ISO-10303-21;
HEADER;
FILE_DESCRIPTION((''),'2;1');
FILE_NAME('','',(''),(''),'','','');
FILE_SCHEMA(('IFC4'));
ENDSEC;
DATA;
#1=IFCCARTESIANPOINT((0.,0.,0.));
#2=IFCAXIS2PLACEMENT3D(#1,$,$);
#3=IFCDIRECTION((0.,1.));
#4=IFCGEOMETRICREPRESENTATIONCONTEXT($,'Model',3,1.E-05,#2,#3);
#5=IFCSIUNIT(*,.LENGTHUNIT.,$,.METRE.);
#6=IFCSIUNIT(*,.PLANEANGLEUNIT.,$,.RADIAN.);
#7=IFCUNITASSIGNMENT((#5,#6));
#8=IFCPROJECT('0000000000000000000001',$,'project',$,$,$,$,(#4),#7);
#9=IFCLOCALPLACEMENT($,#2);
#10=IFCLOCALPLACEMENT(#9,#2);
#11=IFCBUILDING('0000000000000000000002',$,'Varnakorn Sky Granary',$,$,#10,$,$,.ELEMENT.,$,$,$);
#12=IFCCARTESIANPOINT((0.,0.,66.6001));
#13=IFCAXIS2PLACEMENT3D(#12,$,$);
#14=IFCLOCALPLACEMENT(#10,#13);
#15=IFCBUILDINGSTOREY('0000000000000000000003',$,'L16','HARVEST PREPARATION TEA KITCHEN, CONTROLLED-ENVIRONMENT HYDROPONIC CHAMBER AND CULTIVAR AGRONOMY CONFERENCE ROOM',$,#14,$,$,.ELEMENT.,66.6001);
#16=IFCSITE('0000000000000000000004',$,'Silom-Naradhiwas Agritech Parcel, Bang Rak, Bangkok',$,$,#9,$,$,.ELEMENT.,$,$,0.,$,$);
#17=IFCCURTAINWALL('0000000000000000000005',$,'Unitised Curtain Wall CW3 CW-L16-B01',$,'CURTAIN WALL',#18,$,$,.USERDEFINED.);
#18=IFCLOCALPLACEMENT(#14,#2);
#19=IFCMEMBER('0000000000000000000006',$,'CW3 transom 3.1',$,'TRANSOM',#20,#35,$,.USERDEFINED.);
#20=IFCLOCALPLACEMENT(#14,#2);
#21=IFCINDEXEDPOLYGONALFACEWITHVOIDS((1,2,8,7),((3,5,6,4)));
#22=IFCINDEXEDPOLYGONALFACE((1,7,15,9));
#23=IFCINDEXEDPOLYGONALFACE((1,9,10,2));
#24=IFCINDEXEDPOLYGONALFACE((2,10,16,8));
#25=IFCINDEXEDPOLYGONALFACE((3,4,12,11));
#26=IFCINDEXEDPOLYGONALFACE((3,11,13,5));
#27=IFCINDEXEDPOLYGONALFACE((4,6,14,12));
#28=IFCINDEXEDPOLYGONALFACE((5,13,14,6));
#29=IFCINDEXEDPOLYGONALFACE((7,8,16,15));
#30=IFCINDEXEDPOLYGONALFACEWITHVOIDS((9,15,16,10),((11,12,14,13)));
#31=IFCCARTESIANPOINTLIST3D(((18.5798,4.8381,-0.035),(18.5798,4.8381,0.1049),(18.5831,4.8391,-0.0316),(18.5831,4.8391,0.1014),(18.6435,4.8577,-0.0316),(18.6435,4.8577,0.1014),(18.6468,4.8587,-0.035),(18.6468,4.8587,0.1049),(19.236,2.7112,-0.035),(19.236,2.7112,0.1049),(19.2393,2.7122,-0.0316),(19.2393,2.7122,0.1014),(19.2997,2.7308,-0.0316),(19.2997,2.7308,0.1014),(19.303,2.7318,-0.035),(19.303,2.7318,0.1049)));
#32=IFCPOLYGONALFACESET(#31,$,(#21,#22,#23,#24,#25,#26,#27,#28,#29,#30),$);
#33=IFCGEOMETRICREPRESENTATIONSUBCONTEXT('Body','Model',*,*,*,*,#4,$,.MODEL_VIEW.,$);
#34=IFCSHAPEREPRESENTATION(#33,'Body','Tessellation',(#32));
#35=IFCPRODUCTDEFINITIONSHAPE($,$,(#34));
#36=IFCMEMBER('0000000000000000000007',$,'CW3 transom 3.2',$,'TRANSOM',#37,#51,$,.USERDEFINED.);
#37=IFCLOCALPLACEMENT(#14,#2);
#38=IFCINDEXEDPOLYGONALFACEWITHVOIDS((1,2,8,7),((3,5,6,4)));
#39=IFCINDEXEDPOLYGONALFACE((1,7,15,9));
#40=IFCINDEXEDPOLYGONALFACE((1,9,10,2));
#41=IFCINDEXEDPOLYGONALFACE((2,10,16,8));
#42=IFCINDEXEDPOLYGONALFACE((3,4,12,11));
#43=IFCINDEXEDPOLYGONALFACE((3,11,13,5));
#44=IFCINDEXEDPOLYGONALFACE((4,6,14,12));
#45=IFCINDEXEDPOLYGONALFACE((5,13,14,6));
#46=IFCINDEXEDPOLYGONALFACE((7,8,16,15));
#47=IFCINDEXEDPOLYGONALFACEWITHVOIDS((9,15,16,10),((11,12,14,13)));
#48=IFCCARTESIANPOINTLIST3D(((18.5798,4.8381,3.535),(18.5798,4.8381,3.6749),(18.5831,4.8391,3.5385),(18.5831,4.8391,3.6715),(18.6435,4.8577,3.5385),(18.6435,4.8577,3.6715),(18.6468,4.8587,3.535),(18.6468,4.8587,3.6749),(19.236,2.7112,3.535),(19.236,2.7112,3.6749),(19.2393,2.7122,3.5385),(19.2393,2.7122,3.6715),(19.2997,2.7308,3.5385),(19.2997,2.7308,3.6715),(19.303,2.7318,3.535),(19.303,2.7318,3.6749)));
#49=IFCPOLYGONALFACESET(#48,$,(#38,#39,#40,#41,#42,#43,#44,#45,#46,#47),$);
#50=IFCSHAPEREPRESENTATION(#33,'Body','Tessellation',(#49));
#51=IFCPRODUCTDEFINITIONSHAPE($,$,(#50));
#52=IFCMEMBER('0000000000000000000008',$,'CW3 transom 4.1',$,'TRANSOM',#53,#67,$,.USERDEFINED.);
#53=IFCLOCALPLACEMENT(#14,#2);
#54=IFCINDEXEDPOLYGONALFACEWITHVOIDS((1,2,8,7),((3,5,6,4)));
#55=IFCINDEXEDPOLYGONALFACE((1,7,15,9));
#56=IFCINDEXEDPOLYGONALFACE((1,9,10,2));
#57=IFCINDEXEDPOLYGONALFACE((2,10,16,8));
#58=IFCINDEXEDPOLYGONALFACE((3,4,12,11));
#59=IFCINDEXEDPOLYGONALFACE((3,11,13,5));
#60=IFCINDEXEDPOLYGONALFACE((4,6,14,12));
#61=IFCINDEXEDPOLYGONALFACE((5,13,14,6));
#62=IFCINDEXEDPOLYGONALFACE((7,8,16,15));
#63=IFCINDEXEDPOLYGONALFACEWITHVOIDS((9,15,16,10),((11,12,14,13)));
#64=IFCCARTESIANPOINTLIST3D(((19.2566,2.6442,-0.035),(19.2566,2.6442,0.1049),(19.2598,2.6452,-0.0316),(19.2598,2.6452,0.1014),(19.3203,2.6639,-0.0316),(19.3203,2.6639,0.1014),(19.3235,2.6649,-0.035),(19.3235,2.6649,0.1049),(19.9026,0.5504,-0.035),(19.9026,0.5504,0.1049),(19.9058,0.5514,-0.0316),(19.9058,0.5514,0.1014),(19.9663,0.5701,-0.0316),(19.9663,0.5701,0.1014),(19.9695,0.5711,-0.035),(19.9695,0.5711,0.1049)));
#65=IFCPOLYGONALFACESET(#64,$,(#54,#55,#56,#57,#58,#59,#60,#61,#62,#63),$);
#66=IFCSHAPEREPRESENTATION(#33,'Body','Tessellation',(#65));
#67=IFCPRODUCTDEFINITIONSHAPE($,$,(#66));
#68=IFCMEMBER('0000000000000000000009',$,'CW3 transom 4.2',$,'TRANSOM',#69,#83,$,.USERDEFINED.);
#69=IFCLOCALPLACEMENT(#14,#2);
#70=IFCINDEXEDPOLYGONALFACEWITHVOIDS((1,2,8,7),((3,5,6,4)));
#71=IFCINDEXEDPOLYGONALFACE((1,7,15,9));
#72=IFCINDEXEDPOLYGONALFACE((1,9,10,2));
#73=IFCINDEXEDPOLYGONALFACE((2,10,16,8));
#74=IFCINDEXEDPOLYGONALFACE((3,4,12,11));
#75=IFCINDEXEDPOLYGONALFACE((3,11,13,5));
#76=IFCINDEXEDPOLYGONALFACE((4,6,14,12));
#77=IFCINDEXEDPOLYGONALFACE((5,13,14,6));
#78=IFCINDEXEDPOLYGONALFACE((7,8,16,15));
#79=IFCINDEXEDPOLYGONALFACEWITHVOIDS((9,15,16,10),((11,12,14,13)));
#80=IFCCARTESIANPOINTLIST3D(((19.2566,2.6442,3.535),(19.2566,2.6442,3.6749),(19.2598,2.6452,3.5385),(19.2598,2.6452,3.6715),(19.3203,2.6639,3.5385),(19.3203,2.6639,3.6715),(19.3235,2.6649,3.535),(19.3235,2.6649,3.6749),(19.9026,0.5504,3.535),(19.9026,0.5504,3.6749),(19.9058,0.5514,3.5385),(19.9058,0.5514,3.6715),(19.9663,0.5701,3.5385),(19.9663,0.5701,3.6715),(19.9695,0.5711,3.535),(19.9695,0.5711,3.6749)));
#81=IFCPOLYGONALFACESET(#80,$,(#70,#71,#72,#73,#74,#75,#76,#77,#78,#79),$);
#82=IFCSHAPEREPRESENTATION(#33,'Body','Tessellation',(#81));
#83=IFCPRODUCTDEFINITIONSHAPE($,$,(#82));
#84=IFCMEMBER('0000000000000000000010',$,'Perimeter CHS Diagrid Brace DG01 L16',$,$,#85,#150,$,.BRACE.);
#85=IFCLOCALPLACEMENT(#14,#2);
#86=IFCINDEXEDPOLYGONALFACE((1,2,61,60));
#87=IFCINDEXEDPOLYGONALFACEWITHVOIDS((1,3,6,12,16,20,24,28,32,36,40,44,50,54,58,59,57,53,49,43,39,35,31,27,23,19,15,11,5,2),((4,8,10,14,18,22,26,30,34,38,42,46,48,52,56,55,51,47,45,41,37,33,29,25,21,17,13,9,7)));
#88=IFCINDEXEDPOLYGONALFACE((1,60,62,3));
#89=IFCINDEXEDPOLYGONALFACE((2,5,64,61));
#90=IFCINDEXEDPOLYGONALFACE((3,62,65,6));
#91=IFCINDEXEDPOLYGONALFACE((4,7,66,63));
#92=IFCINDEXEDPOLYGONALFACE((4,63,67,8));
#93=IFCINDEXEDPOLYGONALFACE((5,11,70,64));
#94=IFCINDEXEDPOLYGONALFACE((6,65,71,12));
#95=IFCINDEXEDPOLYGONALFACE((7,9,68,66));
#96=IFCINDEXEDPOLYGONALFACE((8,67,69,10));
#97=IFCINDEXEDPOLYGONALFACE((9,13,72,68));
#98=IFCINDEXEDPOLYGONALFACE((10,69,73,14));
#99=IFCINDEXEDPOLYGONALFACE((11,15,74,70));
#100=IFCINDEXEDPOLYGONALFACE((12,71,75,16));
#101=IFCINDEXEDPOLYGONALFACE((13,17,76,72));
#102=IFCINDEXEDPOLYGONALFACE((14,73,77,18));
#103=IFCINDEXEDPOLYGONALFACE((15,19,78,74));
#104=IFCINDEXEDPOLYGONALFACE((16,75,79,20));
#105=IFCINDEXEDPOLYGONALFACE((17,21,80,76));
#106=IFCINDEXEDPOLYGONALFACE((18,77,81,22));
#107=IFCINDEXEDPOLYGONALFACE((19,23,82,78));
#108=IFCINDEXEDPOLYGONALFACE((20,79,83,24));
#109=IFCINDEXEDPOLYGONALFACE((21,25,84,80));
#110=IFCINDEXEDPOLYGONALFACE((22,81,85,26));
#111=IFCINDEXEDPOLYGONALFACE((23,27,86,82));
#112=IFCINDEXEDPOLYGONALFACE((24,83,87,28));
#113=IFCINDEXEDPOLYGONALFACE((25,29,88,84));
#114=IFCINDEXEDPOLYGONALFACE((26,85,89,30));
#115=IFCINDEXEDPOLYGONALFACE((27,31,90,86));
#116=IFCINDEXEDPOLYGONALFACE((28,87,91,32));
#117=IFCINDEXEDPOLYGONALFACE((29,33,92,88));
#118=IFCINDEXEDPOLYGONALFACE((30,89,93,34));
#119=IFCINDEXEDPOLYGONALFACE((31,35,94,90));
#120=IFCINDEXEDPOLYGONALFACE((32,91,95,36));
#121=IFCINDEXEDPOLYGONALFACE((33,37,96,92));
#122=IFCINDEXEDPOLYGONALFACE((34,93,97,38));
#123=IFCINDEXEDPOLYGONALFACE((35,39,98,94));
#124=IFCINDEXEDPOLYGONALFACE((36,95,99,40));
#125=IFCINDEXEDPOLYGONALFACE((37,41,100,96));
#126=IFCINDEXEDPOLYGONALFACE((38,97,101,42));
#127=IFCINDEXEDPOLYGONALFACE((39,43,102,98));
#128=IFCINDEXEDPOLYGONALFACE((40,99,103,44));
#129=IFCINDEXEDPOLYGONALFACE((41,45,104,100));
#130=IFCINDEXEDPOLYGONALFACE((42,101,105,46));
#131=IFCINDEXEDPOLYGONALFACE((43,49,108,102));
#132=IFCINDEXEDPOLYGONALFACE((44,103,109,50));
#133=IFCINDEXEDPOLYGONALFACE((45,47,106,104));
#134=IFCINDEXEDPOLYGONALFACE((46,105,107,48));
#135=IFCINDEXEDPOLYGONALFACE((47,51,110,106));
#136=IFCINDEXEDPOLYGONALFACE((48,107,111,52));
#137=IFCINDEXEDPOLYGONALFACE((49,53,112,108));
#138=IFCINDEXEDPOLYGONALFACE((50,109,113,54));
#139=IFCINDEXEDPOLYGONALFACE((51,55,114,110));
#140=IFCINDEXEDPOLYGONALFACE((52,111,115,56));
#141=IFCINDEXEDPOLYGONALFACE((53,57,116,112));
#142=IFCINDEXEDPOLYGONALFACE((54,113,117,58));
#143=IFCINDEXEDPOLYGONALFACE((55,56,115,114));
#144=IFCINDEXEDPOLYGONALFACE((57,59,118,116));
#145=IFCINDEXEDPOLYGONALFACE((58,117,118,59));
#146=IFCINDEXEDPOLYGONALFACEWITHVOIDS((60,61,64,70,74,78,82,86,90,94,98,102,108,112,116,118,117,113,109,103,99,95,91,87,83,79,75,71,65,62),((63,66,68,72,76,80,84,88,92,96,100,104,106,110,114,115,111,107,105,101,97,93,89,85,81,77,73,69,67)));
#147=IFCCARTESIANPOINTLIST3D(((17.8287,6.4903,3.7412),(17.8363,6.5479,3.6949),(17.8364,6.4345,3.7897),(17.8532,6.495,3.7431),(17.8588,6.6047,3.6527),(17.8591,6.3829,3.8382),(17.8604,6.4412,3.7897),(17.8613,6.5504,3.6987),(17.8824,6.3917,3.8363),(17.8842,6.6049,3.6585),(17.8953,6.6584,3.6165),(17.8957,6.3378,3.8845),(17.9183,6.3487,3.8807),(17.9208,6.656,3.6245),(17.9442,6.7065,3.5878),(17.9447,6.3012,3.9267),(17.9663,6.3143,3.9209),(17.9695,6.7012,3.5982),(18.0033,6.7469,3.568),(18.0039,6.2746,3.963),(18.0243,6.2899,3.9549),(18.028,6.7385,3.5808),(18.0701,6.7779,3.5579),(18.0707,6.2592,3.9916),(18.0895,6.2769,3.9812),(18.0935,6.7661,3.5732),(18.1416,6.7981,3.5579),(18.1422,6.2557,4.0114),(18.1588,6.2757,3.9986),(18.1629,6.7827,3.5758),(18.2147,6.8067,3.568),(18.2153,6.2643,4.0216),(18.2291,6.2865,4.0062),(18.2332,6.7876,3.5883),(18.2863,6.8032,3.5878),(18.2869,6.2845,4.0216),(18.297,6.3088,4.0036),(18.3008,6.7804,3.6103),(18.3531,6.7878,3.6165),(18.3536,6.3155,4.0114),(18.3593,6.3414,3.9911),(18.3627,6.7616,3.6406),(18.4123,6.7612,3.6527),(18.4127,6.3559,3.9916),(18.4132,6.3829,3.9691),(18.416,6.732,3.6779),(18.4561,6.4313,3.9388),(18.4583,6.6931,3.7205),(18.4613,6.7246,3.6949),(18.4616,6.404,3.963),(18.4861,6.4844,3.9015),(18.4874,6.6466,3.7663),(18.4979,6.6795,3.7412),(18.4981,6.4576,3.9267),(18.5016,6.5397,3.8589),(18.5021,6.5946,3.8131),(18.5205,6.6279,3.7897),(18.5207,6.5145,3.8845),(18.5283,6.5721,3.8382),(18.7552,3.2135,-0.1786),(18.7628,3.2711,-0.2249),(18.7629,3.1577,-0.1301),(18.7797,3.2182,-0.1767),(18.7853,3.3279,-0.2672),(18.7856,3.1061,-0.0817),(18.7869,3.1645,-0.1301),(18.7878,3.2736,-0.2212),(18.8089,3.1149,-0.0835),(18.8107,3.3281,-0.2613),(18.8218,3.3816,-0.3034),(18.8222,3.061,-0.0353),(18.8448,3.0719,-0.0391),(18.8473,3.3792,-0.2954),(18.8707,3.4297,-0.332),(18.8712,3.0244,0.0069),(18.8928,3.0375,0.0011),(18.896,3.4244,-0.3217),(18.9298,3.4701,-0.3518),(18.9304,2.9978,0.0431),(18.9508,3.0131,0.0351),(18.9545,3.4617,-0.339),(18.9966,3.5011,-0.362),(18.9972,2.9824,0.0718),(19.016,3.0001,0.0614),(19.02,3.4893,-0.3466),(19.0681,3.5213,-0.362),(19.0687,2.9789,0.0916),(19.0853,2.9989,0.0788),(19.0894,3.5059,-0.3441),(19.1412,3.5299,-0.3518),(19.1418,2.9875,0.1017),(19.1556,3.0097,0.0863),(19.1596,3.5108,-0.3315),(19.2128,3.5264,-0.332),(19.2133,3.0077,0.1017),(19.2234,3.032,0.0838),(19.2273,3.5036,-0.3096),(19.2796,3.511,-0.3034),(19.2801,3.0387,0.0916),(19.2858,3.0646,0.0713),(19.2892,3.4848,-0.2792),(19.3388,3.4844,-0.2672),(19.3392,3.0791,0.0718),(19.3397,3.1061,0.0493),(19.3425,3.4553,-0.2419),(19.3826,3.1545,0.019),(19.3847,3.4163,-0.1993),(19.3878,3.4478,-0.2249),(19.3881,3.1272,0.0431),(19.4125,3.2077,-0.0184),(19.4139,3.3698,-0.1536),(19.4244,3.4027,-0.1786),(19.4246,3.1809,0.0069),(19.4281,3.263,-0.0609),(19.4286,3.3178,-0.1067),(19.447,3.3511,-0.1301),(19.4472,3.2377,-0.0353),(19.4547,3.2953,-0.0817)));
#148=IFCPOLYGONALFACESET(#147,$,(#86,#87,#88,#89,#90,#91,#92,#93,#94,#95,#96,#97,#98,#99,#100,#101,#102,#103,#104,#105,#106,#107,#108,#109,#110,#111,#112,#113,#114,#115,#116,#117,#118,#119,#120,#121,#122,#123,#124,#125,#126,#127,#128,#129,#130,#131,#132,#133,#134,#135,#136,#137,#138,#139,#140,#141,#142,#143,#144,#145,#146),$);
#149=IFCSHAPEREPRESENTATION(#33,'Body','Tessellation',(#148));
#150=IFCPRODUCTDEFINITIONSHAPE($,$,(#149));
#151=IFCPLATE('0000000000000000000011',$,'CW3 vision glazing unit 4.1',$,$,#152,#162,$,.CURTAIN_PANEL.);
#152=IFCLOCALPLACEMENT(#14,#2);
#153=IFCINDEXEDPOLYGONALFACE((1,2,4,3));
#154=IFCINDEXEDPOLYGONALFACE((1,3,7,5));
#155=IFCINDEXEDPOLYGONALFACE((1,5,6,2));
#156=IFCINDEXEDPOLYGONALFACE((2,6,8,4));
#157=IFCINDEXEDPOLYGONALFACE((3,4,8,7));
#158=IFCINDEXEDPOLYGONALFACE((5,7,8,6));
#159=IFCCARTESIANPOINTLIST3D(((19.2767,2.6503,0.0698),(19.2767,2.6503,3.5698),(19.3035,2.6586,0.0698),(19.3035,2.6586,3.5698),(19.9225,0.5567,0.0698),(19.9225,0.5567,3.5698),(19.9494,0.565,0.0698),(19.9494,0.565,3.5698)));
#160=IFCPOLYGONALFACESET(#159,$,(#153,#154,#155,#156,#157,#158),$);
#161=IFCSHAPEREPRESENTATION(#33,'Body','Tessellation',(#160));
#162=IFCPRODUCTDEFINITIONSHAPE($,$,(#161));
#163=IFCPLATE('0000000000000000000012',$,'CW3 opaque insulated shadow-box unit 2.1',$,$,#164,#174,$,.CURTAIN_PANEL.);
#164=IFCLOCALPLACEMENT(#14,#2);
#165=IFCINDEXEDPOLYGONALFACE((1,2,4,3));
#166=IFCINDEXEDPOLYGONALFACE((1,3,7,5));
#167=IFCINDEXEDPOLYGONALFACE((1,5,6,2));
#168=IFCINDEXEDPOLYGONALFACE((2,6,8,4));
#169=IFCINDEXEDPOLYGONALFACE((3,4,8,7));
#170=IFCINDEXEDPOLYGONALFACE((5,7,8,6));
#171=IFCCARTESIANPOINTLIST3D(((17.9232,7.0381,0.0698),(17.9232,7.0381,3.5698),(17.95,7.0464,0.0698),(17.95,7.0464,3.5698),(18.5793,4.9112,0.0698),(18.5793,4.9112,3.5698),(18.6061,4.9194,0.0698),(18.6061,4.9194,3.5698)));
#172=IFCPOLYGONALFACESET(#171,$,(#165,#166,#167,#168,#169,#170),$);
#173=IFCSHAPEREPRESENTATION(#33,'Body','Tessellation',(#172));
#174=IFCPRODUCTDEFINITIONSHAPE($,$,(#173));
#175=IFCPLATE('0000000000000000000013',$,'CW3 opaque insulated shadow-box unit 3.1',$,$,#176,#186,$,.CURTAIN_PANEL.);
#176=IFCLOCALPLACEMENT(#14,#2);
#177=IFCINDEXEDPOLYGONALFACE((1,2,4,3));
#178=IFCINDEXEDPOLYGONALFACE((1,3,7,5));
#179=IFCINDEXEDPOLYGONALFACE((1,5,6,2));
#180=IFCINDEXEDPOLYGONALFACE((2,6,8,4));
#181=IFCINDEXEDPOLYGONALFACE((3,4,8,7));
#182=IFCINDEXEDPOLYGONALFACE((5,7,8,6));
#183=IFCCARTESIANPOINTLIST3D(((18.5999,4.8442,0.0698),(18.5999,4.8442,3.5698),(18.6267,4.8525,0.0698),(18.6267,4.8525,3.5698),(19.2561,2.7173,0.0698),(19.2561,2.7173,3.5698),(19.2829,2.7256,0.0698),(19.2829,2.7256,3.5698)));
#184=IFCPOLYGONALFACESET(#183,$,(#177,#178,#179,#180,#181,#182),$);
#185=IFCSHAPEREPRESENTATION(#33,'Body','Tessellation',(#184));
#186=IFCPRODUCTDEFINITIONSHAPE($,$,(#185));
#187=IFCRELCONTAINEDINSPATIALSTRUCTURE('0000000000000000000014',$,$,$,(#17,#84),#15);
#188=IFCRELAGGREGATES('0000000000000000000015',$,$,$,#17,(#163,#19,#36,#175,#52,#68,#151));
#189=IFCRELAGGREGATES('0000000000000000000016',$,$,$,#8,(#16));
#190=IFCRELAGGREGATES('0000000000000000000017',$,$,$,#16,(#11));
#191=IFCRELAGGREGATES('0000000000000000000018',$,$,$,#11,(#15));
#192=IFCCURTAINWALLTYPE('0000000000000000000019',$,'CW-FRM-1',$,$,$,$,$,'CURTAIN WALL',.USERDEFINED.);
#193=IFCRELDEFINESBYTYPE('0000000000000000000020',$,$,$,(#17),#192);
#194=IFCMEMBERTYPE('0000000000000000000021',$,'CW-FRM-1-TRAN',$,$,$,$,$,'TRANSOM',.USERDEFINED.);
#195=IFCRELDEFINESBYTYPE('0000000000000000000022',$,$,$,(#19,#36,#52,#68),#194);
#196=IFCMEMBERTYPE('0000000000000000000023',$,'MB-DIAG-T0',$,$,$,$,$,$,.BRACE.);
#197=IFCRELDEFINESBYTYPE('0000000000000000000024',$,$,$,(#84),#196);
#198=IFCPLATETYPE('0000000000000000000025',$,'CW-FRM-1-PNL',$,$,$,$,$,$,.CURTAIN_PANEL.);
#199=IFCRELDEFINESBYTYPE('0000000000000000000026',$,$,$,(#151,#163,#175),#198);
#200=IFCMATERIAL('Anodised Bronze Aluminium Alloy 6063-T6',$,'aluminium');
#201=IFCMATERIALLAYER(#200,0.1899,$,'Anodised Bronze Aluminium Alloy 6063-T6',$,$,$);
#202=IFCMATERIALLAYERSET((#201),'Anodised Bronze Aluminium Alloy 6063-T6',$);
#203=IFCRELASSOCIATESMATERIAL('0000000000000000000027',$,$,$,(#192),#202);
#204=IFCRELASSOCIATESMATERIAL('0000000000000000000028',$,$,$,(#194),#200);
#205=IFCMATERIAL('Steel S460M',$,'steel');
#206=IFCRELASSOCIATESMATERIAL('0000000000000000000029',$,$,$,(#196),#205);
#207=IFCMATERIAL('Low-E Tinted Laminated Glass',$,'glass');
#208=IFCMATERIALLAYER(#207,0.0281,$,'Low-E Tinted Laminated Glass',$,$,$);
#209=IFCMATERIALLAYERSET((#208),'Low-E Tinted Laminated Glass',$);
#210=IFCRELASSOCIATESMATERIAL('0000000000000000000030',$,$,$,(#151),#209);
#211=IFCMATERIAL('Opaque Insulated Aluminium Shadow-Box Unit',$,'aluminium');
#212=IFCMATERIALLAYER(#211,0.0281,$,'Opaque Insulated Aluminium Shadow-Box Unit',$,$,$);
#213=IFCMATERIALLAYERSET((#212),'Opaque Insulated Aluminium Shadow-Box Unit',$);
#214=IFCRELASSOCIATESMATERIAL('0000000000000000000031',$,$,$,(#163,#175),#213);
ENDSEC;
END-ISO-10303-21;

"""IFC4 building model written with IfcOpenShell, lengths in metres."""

from ifc_helpers import new_model, si_unit, direction, frame, origin, origin_2d, place, context, subcontext, project, spatial, rectangle, hollow_rectangle, hollow_circle, extrude, source, transform, mapped, material, layer, layer_set, material_profile, profile_set, type_object, type_shapes, element, aggregate, save


model = new_model("IFC4")

# Units and contexts
model_context = context("Model", 3, precision=1e-05, world=origin(), true_north=direction((0.0, 1.0)))
body_context = subcontext(model_context, "Body", "Model", "MODEL_VIEW")
ifc_project = project(units=[si_unit("LENGTHUNIT", "METRE"), si_unit("PLANEANGLEUNIT", "RADIAN")], contexts=[model_context])

# Site, building, storey
site_placement = place(None, origin())
site = spatial("IfcSite", under=ifc_project, at=site_placement, Name="Silom-Naradhiwas Agritech Parcel, Bang Rak, Bangkok", CompositionType="ELEMENT", RefElevation=0.0)
building_placement = place(site_placement, origin())
building = spatial("IfcBuilding", under=site, at=building_placement, Name="Varnakorn Sky Granary", CompositionType="ELEMENT")
storey_placement = place(building_placement, frame((0.0, 0.0, 66.6001)))
storey = spatial("IfcBuildingStorey", under=building, at=storey_placement, Name="L16", Description="HARVEST PREPARATION TEA KITCHEN, CONTROLLED-ENVIRONMENT HYDROPONIC CHAMBER AND CULTIVAR AGRONOMY CONFERENCE ROOM", CompositionType="ELEMENT", Elevation=66.6001)

# Curtain wall, members
ifc_material_1 = material(Name="Anodised Bronze Aluminium Alloy 6063-T6", Category="aluminium")
ifc_layer_1 = layer(ifc_material_1, 0.1899, Name="Anodised Bronze Aluminium Alloy 6063-T6")
ifc_layer_set_1 = layer_set([ifc_layer_1], Name="Anodised Bronze Aluminium Alloy 6063-T6")
curtain_wall_type = type_object("IfcCurtainWallType", Name="CW-FRM-1", ElementType="CURTAIN WALL", PredefinedType="USERDEFINED", material=ifc_layer_set_1)
curtain_wall_placement = place(storey_placement, origin())
curtain_wall = element("IfcCurtainWall", 1, at=curtain_wall_placement, inside=storey, type_object=curtain_wall_type, Name="Unitised Curtain Wall CW3 CW-L16-B01", ObjectType="CURTAIN WALL", PredefinedType="USERDEFINED")
ifc_material_profile_1 = material_profile(ifc_material_1, hollow_rectangle(XDim=0.0701, YDim=0.1399, WallThickness=0.0034, at=origin_2d()), Name="ALU TRAN 70x140")
ifc_profile_set_1 = profile_set([ifc_material_profile_1], Name="Anodised Bronze Aluminium Alloy 6063-T6")
member_type_1 = type_object("IfcMemberType", Name="CW-FRM-1-TRAN", ElementType="TRANSOM", PredefinedType="USERDEFINED", material=ifc_profile_set_1)
member_1_placement = place(storey_placement, frame((18.6133, 4.8484, 0.0349), z_axis=(0.294826, -0.955551, 0.0), x_axis=(0.955551, 0.294826, 0.0)))
member_1 = element("IfcMember", 2, at=member_1_placement, type_object=member_type_1, Name="CW3 transom 3.1", ObjectType="TRANSOM", PredefinedType="USERDEFINED", context=body_context, shape_type="SweptSolid", body=[
    extrude(hollow_rectangle(XDim=0.0701, YDim=0.1399, WallThickness=0.0034, at=origin_2d()), origin(), (0.0, 0.0, 1.0), 2.2258),
])
member_2_placement = place(storey_placement, frame((18.6133, 4.8484, 3.605), z_axis=(0.294826, -0.955551, 0.0), x_axis=(0.955551, 0.294826, 0.0)))
member_2 = element("IfcMember", 3, at=member_2_placement, type_object=member_type_1, Name="CW3 transom 3.2", ObjectType="TRANSOM", PredefinedType="USERDEFINED", context=body_context, shape_type="SweptSolid", body=[
    extrude(hollow_rectangle(XDim=0.0701, YDim=0.1399, WallThickness=0.0034, at=origin_2d()), origin(), (0.0, 0.0, 1.0), 2.2258),
])
member_3_placement = place(storey_placement, frame((19.29, 2.6545, 0.0349), z_axis=(0.294822, -0.955552, 0.0), x_axis=(0.955552, 0.294822, 0.0)))
member_3 = element("IfcMember", 4, at=member_3_placement, type_object=member_type_1, Name="CW3 transom 4.1", ObjectType="TRANSOM", PredefinedType="USERDEFINED", context=body_context, shape_type="SweptSolid", body=[
    extrude(hollow_rectangle(XDim=0.0701, YDim=0.1399, WallThickness=0.0034, at=origin_2d()), origin(), (0.0, 0.0, 1.0), 2.1912),
])
member_4_placement = place(storey_placement, frame((19.29, 2.6545, 3.605), z_axis=(0.294822, -0.955552, 0.0), x_axis=(0.955552, 0.294822, 0.0)))
member_4 = element("IfcMember", 5, at=member_4_placement, type_object=member_type_1, Name="CW3 transom 4.2", ObjectType="TRANSOM", PredefinedType="USERDEFINED", context=body_context, shape_type="SweptSolid", body=[
    extrude(hollow_rectangle(XDim=0.0701, YDim=0.1399, WallThickness=0.0034, at=origin_2d()), origin(), (0.0, 0.0, 1.0), 2.1912),
])

# Member
ifc_material_2 = material(Name="Steel S460M", Category="steel")
ifc_material_profile_2 = material_profile(ifc_material_2, hollow_circle(Radius=0.3555, WallThickness=0.0249, at=origin_2d()), Name="CHS 711x25")
ifc_profile_set_2 = profile_set([ifc_material_profile_2], Name="Steel S460M")
member_type_2 = type_object("IfcMemberType", Name="MB-DIAG-T0", PredefinedType="BRACE", material=ifc_profile_set_2)
member_5_placement = place(storey_placement, frame((19.105, 3.2544, -0.1301), z_axis=(-0.178433, 0.631075, 0.754921), x_axis=(-0.962275, -0.272078, 0.0)))
element("IfcMember", 6, at=member_5_placement, inside=storey, type_object=member_type_2, Name="Perimeter CHS Diagrid Brace DG01 L16", PredefinedType="BRACE", context=body_context, shape_type="SweptSolid", body=[
    extrude(hollow_circle(Radius=0.3555, WallThickness=0.0249, at=origin_2d()), origin(), (0.0, 0.0, 1.0), 5.1924),
])

# Plates
ifc_material_3 = material(Name="Low-E Tinted Laminated Glass", Category="glass")
ifc_layer_2 = layer(ifc_material_3, 0.0281, Name="Low-E Tinted Laminated Glass")
ifc_layer_set_2 = layer_set([ifc_layer_2], Name="Low-E Tinted Laminated Glass")
plate_type = type_object("IfcPlateType", Name="CW-FRM-1-PNL", PredefinedType="CURTAIN_PANEL")
shared_shape_1 = source(origin(), body_context, "Body", "SweptSolid", [
    extrude(rectangle(XDim=2.1909, YDim=0.0281, at=origin_2d()), origin(), (0.0, 0.0, 1.0), 3.5),
])
plate_1_placement = place(storey_placement, frame((19.613, 1.6077, 0.0698), z_axis=(0.0, 0.0, 1.0), x_axis=(0.294787, -0.955563, 0.0)))
plate_1 = element("IfcPlate", 7, at=plate_1_placement, type_object=plate_type, material=ifc_layer_set_2, Name="CW3 vision glazing unit 4.1", PredefinedType="CURTAIN_PANEL", context=body_context, shape_type="MappedRepresentation", body=[
    mapped(shared_shape_1, transform((0.0, 0.0, 0.0), x_axis=(1.0, 0.0, 0.0), y_axis=(0.0, 1.0, 0.0), z_axis=(0.0, 0.0, 1.0), scale=1.0)),
])
ifc_material_4 = material(Name="Opaque Insulated Aluminium Shadow-Box Unit", Category="aluminium")
ifc_layer_3 = layer(ifc_material_4, 0.0281, Name="Opaque Insulated Aluminium Shadow-Box Unit")
ifc_layer_set_3 = layer_set([ifc_layer_3], Name="Opaque Insulated Aluminium Shadow-Box Unit")
shared_shape_2 = source(origin(), body_context, "Body", "SweptSolid", [
    extrude(rectangle(XDim=2.2258, YDim=0.0281, at=origin_2d()), origin(), (0.0, 0.0, 1.0), 3.5),
])
type_shapes(plate_type, [shared_shape_1, shared_shape_2])
plate_2_placement = place(storey_placement, frame((18.2646, 5.9788, 0.0698), z_axis=(0.0, 0.0, 1.0), x_axis=(0.294787, -0.955563, 0.0)))
plate_2 = element("IfcPlate", 8, at=plate_2_placement, type_object=plate_type, material=ifc_layer_set_3, Name="CW3 opaque insulated shadow-box unit 2.1", PredefinedType="CURTAIN_PANEL", context=body_context, shape_type="MappedRepresentation", body=[
    mapped(shared_shape_2, transform((0.0, 0.0, 0.0), x_axis=(1.0, 0.0, 0.0), y_axis=(0.0, 1.0, 0.0), z_axis=(0.0, 0.0, 1.0), scale=1.0)),
])
plate_3_placement = place(storey_placement, frame((18.9414, 3.7849, 0.0698), z_axis=(0.0, 0.0, 1.0), x_axis=(0.294787, -0.955563, 0.0)))
plate_3 = element("IfcPlate", 9, at=plate_3_placement, type_object=plate_type, material=ifc_layer_set_3, Name="CW3 opaque insulated shadow-box unit 3.1", PredefinedType="CURTAIN_PANEL", context=body_context, shape_type="MappedRepresentation", body=[
    mapped(shared_shape_2, transform((0.0, 0.0, 0.0), x_axis=(1.0, 0.0, 0.0), y_axis=(0.0, 1.0, 0.0), z_axis=(0.0, 0.0, 1.0), scale=1.0)),
])
aggregate(curtain_wall, [plate_2, member_1, member_2, plate_3, member_3, member_4, plate_1])

save(model, "model.ifc")
